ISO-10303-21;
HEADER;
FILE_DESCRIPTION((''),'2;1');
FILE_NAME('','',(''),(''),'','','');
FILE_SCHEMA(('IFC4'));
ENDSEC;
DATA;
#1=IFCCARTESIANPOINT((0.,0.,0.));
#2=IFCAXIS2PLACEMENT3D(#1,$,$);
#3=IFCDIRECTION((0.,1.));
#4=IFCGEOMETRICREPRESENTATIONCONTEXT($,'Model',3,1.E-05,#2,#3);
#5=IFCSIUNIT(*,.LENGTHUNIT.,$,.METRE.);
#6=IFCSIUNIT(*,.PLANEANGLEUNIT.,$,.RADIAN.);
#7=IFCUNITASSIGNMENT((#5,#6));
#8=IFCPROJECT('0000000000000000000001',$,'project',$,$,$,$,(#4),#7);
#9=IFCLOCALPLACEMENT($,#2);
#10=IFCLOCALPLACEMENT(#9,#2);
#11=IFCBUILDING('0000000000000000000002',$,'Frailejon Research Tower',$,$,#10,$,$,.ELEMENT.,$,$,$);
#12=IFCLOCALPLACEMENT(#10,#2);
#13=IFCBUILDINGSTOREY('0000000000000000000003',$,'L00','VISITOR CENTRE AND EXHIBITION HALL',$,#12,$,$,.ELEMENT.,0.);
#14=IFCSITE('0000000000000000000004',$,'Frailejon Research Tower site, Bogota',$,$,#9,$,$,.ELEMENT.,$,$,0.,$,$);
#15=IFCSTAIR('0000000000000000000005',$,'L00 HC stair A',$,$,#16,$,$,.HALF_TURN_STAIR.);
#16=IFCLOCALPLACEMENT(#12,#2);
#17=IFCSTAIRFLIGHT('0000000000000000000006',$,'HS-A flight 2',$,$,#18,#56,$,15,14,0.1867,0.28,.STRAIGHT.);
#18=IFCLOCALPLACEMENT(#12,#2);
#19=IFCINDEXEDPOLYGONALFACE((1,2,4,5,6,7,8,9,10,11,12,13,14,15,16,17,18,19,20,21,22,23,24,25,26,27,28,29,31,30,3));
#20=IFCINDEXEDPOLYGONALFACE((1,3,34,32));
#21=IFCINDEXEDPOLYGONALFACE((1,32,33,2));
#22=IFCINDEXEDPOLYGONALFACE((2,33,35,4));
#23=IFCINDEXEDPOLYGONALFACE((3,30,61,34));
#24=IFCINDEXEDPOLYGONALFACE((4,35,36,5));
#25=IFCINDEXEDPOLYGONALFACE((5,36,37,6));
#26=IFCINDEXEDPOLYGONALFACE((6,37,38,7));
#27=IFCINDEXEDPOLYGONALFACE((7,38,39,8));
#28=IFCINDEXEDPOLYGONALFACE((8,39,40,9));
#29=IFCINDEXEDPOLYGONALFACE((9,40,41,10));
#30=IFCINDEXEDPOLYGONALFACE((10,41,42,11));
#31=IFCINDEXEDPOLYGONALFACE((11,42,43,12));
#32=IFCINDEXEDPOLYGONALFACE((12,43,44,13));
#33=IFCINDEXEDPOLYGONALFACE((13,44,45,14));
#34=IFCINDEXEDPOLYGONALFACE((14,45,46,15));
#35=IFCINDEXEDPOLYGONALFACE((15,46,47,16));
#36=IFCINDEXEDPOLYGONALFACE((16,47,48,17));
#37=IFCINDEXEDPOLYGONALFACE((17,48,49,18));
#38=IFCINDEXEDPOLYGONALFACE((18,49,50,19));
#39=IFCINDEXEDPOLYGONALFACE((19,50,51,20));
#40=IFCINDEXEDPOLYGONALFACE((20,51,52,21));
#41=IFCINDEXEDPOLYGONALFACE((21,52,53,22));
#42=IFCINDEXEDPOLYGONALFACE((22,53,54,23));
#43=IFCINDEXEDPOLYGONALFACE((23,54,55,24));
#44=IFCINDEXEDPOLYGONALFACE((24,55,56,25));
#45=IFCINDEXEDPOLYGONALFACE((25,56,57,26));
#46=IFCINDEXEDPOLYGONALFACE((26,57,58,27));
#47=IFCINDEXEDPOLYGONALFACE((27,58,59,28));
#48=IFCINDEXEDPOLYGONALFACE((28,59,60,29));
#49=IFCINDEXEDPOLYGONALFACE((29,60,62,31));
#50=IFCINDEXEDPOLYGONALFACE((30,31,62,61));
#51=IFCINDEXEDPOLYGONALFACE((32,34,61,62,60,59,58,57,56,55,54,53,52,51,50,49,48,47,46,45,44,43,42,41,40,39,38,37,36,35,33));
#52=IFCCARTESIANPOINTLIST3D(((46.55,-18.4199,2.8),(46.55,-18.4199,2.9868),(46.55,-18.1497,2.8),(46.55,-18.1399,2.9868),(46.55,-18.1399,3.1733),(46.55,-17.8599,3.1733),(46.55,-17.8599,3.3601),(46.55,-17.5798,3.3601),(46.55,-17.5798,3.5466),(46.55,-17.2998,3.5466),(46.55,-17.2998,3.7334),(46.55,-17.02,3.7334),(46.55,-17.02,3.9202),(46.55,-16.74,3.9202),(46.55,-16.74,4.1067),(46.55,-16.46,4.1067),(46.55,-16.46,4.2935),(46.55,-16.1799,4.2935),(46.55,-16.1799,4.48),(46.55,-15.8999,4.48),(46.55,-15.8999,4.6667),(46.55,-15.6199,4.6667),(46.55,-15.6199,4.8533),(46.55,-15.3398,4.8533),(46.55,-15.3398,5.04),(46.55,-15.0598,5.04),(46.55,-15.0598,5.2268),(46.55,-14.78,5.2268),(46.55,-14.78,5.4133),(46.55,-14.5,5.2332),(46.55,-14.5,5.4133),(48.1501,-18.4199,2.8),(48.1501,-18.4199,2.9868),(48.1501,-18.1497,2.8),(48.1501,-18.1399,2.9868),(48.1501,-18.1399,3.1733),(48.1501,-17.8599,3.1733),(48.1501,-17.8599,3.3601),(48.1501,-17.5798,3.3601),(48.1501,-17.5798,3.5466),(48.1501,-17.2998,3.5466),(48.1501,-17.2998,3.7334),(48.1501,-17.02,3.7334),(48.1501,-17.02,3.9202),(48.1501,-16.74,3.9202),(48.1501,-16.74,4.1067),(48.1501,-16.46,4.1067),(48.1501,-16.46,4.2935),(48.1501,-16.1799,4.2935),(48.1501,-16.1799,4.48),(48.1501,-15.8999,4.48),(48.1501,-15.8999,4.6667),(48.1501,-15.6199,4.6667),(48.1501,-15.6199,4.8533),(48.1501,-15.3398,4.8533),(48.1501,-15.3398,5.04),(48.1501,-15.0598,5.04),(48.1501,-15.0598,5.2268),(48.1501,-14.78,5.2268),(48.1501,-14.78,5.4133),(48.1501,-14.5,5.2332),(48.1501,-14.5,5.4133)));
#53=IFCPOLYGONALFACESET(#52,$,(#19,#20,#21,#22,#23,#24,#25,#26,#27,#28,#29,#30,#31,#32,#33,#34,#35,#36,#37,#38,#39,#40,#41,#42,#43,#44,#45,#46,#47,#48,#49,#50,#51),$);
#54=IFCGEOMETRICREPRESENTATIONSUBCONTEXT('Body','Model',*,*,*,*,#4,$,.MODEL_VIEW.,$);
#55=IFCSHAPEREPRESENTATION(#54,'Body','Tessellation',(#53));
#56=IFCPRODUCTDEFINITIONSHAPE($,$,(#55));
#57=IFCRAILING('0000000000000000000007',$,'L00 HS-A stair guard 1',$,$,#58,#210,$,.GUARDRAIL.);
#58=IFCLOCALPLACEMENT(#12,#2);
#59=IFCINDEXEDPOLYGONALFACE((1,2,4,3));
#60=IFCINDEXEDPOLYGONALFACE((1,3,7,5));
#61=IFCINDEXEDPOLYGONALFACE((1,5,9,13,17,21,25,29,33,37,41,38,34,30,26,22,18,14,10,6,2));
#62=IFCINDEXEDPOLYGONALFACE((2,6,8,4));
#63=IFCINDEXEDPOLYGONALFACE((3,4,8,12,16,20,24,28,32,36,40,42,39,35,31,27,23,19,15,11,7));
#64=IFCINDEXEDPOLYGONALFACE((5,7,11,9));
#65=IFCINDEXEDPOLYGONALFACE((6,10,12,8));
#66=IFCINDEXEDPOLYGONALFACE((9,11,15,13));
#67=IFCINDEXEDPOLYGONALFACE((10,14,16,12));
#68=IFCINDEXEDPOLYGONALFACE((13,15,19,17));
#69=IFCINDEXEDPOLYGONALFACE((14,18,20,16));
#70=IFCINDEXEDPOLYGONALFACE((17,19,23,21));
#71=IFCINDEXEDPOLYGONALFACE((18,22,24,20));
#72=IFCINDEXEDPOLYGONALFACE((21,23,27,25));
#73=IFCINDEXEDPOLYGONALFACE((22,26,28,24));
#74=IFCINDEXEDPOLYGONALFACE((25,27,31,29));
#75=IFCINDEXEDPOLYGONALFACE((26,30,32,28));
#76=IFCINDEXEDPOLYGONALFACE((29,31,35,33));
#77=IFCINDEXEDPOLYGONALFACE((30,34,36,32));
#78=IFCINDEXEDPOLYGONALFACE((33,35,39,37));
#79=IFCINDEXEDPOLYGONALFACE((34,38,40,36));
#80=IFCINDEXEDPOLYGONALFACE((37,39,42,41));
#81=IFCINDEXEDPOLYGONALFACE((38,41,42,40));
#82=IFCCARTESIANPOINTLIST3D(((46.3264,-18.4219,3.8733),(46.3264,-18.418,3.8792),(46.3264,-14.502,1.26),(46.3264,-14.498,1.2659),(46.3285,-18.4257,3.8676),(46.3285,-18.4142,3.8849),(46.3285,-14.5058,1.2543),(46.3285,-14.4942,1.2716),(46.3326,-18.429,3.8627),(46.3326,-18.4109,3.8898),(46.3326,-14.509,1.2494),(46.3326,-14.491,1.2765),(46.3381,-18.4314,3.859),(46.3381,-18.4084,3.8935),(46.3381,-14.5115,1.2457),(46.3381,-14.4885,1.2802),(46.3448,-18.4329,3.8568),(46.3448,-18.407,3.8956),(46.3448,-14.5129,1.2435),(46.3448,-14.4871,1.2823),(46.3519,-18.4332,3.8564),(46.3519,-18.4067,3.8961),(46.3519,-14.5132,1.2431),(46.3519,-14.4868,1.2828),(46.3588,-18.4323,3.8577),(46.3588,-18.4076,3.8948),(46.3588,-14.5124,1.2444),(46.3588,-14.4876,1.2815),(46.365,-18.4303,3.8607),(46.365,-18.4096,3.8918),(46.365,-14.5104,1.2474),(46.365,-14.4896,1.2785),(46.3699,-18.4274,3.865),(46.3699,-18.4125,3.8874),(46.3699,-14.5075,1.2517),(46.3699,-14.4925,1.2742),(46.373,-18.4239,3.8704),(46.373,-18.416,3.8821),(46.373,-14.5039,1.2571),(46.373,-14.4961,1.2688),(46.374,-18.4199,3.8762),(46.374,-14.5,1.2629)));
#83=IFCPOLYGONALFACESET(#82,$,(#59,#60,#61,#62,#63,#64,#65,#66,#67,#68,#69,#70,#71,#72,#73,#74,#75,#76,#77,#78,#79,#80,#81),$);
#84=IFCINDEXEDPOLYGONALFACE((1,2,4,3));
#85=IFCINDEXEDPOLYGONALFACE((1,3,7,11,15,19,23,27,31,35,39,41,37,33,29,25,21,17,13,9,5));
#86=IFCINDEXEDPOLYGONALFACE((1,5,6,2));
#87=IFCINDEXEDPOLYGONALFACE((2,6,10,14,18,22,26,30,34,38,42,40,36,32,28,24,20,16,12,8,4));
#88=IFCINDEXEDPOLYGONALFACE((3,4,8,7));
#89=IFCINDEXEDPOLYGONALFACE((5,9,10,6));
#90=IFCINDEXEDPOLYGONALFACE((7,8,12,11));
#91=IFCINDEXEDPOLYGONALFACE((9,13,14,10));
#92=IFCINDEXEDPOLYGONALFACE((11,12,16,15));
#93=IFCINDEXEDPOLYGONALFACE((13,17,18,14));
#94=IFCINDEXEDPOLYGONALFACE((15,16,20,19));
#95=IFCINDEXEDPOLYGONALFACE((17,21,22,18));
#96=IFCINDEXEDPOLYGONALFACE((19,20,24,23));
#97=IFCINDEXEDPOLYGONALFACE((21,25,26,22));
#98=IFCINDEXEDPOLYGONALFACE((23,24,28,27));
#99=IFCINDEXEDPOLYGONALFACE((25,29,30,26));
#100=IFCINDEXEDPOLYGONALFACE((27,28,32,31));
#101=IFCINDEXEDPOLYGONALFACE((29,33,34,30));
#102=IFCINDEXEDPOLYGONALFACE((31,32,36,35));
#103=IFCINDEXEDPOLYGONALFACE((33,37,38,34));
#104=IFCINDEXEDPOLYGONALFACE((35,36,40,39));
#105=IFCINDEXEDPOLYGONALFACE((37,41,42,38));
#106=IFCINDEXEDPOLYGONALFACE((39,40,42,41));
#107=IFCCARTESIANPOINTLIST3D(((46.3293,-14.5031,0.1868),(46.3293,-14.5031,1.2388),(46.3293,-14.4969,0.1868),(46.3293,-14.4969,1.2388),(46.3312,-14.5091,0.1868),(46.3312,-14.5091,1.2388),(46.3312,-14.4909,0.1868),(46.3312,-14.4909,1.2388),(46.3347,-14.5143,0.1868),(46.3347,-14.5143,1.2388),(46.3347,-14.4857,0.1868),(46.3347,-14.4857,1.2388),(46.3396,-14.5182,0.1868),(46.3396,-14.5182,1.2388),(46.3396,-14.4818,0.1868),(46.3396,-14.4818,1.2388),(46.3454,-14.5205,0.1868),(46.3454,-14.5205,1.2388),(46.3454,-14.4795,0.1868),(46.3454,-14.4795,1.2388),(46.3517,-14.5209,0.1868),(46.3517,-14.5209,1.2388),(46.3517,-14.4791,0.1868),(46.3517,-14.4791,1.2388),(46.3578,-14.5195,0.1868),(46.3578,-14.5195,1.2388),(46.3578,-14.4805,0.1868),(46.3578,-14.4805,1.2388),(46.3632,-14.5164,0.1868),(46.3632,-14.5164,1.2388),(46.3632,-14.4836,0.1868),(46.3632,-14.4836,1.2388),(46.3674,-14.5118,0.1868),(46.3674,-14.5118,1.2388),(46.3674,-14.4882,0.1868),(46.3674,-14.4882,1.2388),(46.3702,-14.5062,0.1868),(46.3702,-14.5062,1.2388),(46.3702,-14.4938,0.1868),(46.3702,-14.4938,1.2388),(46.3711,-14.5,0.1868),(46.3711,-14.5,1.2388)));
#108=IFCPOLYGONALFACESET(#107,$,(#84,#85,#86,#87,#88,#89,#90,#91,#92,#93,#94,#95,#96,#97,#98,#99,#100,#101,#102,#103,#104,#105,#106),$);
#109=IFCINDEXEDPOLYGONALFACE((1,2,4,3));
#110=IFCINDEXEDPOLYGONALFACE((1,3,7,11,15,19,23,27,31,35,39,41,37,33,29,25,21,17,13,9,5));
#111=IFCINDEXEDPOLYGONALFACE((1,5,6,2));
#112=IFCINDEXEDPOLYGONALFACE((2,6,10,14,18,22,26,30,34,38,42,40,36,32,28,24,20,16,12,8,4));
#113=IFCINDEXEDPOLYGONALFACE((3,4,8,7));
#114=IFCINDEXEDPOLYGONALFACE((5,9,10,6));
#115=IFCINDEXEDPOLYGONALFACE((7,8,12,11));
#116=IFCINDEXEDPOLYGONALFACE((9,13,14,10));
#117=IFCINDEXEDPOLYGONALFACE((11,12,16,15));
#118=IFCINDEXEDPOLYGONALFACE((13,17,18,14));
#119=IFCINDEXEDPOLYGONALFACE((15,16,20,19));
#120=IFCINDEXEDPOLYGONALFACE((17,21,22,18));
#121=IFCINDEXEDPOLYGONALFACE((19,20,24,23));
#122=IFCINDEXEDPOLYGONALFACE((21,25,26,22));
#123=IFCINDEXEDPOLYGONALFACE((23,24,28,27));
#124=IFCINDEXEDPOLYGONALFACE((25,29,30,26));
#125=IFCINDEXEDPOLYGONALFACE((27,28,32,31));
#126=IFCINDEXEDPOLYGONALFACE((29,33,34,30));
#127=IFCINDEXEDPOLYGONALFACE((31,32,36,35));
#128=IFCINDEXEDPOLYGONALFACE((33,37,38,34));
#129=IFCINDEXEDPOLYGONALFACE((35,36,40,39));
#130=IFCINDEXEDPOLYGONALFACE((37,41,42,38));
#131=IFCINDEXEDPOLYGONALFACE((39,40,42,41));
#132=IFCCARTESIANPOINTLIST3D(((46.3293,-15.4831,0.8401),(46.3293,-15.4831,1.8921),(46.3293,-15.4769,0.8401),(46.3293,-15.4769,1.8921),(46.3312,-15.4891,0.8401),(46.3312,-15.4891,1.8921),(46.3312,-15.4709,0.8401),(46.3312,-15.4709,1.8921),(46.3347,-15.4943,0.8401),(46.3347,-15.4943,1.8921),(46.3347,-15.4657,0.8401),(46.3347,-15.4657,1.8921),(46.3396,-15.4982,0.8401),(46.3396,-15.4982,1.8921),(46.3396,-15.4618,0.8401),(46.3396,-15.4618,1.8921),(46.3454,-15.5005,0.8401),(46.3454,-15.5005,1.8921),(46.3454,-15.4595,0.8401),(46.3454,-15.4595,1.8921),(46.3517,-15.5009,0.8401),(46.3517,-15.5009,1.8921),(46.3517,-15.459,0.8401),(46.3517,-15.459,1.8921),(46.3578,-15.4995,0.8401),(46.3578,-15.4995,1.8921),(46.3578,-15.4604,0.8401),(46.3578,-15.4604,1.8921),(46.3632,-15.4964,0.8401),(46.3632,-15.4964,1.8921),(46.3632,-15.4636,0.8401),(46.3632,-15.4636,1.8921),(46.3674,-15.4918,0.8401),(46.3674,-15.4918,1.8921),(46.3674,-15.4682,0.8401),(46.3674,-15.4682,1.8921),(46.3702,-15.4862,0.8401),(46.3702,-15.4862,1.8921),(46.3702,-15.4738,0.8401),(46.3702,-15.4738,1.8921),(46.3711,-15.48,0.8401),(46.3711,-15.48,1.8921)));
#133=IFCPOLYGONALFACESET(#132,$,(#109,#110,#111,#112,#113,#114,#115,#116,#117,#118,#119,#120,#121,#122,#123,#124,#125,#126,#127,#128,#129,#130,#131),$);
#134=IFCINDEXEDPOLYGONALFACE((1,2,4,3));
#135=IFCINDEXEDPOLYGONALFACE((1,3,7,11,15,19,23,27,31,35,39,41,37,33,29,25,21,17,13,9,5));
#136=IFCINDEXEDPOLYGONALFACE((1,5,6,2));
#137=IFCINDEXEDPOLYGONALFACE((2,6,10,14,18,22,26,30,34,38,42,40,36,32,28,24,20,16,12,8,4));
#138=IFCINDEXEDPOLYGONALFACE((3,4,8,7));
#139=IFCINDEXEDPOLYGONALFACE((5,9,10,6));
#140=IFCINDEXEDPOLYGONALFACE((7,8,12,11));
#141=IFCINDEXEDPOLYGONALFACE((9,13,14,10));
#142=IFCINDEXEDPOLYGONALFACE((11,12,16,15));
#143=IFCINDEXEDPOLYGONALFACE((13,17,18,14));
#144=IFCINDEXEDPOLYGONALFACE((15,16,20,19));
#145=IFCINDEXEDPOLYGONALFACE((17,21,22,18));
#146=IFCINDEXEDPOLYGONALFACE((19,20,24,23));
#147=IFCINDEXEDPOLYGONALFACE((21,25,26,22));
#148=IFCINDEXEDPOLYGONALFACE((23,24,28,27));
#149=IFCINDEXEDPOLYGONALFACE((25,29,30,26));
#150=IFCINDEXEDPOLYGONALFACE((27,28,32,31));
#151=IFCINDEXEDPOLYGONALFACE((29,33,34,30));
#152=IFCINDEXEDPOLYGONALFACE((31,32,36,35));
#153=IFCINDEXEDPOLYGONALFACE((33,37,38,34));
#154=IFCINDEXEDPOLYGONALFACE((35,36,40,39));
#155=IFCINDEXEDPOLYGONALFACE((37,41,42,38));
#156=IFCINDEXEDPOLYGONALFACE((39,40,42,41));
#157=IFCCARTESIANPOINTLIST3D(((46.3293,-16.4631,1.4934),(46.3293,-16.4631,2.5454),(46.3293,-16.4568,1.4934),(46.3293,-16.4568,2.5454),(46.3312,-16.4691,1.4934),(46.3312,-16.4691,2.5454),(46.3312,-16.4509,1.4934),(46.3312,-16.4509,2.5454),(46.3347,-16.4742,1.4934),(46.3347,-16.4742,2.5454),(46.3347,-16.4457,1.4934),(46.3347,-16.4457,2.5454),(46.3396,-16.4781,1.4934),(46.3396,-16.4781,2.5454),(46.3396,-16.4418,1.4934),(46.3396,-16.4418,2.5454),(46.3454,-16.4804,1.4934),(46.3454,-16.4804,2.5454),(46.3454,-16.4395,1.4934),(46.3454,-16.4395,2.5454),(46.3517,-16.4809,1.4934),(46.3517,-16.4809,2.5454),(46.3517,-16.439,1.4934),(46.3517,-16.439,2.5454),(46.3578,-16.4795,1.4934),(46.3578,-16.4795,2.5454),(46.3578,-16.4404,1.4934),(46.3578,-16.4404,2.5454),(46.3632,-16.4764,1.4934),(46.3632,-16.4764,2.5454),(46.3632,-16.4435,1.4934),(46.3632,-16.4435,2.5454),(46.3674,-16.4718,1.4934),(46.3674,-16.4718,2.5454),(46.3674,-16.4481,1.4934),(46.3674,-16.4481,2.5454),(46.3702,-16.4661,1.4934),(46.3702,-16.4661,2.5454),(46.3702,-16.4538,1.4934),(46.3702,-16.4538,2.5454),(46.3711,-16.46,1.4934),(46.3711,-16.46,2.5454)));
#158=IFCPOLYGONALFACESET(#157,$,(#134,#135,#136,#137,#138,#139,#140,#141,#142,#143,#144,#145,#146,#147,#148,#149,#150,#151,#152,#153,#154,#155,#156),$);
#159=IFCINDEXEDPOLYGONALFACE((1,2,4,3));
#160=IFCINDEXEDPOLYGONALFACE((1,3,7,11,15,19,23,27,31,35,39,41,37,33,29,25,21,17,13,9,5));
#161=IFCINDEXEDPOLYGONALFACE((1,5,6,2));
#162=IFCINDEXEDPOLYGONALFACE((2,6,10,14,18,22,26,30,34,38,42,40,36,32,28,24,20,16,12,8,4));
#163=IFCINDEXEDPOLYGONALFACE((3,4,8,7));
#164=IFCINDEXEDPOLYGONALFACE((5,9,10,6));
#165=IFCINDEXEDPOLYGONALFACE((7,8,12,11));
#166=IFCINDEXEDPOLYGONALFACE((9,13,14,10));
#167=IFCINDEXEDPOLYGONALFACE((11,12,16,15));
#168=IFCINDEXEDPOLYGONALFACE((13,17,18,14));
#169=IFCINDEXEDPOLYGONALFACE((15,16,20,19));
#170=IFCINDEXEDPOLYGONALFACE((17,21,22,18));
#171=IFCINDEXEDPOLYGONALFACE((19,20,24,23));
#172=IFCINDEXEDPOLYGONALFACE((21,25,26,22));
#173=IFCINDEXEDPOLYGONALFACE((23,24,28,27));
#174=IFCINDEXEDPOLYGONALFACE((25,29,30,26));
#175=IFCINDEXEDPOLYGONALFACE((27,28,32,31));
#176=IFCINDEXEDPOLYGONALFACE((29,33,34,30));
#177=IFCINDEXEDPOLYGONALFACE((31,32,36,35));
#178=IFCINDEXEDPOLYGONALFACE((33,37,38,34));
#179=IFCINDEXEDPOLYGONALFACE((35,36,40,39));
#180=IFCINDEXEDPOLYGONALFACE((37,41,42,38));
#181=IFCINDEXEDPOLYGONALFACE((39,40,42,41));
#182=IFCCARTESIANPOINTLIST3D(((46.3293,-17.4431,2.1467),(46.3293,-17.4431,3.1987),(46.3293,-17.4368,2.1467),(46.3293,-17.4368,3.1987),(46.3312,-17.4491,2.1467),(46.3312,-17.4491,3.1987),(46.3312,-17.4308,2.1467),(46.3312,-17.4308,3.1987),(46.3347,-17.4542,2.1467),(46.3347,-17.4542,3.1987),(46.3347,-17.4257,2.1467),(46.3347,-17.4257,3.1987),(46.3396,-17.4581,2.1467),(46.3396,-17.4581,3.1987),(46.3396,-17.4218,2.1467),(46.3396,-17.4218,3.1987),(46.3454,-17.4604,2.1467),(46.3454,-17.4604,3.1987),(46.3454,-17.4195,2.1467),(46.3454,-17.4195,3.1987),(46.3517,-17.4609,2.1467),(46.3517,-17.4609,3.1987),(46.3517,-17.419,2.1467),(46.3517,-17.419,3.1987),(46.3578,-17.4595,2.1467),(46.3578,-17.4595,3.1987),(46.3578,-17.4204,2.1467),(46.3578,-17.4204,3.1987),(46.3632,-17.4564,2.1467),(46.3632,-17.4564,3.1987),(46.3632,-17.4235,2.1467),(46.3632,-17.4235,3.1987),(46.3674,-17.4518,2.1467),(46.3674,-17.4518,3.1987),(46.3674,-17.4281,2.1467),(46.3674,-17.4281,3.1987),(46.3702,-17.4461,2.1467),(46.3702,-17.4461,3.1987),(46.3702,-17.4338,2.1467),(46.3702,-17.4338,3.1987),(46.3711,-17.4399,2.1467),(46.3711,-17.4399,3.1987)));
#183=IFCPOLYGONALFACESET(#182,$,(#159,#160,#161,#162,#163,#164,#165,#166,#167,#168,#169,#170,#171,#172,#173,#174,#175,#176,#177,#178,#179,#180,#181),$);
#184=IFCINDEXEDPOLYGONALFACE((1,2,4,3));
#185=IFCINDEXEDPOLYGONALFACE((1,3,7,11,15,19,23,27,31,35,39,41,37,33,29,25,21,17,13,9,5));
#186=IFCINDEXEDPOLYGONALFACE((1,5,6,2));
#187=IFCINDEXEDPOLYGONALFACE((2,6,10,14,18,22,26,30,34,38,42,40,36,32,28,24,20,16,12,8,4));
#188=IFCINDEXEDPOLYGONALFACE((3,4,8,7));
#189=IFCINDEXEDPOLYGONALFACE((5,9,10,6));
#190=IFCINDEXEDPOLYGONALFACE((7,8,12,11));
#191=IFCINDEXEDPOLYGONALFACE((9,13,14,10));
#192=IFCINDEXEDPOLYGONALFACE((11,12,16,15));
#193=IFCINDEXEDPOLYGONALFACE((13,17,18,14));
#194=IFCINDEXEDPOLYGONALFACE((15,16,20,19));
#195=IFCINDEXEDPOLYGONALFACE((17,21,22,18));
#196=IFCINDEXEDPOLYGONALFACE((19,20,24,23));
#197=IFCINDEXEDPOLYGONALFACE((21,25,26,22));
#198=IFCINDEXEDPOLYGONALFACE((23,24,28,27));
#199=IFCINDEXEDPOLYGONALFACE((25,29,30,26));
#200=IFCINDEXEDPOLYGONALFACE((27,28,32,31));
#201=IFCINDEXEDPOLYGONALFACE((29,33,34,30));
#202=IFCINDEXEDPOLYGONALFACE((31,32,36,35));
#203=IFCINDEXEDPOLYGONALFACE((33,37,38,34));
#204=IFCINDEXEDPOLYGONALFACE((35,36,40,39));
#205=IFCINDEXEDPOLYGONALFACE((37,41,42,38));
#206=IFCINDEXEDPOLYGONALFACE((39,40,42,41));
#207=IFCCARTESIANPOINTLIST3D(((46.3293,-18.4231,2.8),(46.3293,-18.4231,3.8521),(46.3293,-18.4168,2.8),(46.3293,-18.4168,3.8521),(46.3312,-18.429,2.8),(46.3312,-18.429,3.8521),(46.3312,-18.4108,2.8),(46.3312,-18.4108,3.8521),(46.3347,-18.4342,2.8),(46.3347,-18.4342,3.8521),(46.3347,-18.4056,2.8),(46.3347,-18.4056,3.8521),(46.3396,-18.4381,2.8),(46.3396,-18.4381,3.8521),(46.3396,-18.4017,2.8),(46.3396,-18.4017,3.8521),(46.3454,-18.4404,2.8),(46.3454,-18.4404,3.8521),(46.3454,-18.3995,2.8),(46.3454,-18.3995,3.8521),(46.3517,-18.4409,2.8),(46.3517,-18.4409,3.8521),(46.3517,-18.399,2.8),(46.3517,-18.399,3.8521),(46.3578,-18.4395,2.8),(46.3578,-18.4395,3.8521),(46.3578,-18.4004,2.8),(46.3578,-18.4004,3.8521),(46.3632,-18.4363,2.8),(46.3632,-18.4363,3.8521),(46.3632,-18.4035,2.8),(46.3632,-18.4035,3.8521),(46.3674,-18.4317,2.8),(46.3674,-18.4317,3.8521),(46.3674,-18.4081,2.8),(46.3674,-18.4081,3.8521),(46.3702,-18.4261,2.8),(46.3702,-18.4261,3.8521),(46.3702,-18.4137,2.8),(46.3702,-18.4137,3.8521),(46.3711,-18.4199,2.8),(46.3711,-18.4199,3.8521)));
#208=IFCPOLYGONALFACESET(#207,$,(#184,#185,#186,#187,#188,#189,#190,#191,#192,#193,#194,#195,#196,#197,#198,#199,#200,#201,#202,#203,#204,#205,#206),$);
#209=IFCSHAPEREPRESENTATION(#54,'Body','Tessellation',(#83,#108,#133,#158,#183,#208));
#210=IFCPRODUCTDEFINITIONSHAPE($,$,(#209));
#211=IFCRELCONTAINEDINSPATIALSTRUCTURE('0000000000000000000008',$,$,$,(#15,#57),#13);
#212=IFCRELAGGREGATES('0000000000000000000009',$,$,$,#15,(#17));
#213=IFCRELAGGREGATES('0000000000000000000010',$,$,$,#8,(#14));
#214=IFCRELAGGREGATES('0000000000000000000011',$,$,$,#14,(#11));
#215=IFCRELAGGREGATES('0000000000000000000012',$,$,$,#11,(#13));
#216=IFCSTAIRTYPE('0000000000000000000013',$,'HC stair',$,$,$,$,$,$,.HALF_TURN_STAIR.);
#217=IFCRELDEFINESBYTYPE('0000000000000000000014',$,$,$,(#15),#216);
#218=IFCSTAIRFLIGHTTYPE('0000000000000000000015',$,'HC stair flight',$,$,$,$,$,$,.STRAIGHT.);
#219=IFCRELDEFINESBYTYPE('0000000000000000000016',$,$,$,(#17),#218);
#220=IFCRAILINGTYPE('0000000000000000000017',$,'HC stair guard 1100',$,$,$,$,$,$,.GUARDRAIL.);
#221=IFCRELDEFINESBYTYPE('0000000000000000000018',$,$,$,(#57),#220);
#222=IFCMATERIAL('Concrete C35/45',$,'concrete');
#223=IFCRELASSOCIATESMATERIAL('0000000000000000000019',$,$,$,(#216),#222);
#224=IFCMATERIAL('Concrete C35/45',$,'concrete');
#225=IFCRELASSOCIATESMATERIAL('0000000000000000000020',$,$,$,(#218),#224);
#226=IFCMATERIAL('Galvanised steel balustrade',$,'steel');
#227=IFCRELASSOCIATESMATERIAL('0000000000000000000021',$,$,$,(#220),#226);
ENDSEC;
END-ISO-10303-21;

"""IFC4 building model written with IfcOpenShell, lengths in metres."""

from ifc_helpers import new_model, si_unit, direction, frame, origin, origin_2d, place, context, subcontext, project, spatial, polyline, circle, outline, extrude, material, type_object, element, aggregate, save


model = new_model("IFC4")

# Units and contexts
model_context = context("Model", 3, precision=1e-05, world=origin(), true_north=direction((0.0, 1.0)))
body_context = subcontext(model_context, "Body", "Model", "MODEL_VIEW")
ifc_project = project(units=[si_unit("LENGTHUNIT", "METRE"), si_unit("PLANEANGLEUNIT", "RADIAN")], contexts=[model_context])

# Site, building, storey
site_placement = place(None, origin())
site = spatial("IfcSite", under=ifc_project, at=site_placement, Name="Frailejon Research Tower site, Bogota", CompositionType="ELEMENT", RefElevation=0.0)
building_placement = place(site_placement, origin())
building = spatial("IfcBuilding", under=site, at=building_placement, Name="Frailejon Research Tower", CompositionType="ELEMENT")
storey_placement = place(building_placement, origin())
storey = spatial("IfcBuildingStorey", under=building, at=storey_placement, Name="L00", Description="VISITOR CENTRE AND EXHIBITION HALL", CompositionType="ELEMENT", Elevation=0.0)

# Stair, stair flight
ifc_material_1 = material(Name="Concrete C35/45", Category="concrete")
stair_type = type_object("IfcStairType", Name="HC stair", PredefinedType="HALF_TURN_STAIR", material=ifc_material_1)
stair_placement = place(storey_placement, origin())
stair = element("IfcStair", 1, at=stair_placement, inside=storey, type_object=stair_type, Name="L00 HC stair A", PredefinedType="HALF_TURN_STAIR")
ifc_material_2 = material(Name="Concrete C35/45", Category="concrete")
stair_flight_type = type_object("IfcStairFlightType", Name="HC stair flight", PredefinedType="STRAIGHT", material=ifc_material_2)
stair_flight_1_placement = place(storey_placement, frame((47.3501, -18.4199, 2.8), z_axis=(0.0, 0.0, 1.0), x_axis=(0.0, 1.0, 0.0)))
stair_flight_1 = element("IfcStairFlight", 2, at=stair_flight_1_placement, type_object=stair_flight_type, Name="HS-A flight 2", NumberOfRisers=15, NumberOfTreads=14, PredefinedType="STRAIGHT", RiserHeight=0.1867, TreadLength=0.28, context=body_context, shape_type="SweptSolid", body=[
    extrude(outline(polyline([(0.0, 0.0), (0.0, 0.1868), (0.28, 0.1868), (0.28, 0.3733), (0.5601, 0.3733), (0.5601, 0.5601), (0.8401, 0.5601), (0.8401, 0.7466), (1.1201, 0.7466), (1.1201, 0.9333), (1.3999, 0.9333), (1.3999, 1.1201), (1.6799, 1.1201), (1.6799, 1.3066), (1.96, 1.3066), (1.96, 1.4934), (2.24, 1.4934), (2.24, 1.6799), (2.52, 1.6799), (2.52, 1.8667), (2.8, 1.8667), (2.8, 2.0532), (3.0801, 2.0532), (3.0801, 2.24), (3.3601, 2.24), (3.3601, 2.4268), (3.6399, 2.4268), (3.6399, 2.6133), (3.9199, 2.6133), (3.9199, 2.8), (3.9199, 2.4331), (0.2703, 0.0), (0.0, 0.0)])), frame((0.0, 0.8, 0.0), z_axis=(0.0, -1.0, 0.0), x_axis=(1.0, 0.0, 0.0)), (0.0, 0.0, 1.0), 1.6001),
])
aggregate(stair, [stair_flight_1])

# Railing
ifc_material_3 = material(Name="Galvanised steel balustrade", Category="steel")
railing_type_1 = type_object("IfcRailingType", Name="HC stair guard 1100", PredefinedType="GUARDRAIL", material=ifc_material_3)
railing_1_placement = place(storey_placement, frame((46.3501, -14.5, 0.1868)))
element("IfcRailing", 3, at=railing_1_placement, inside=storey, type_object=railing_type_1, Name="L00 HS-A stair guard 1", PredefinedType="GUARDRAIL", context=body_context, shape_type="SweptSolid", body=[
    extrude(circle(Radius=0.0239, at=origin_2d()), frame((0.0, 0.0, 1.0762), z_axis=(0.0, -0.83205, 0.5547), x_axis=(1.0, 0.0, 0.0)), (0.0, 0.0, 1.0), 4.7112),
    extrude(circle(Radius=0.021, at=origin_2d()), origin(), (0.0, 0.0, 1.0), 1.052),
    extrude(circle(Radius=0.021, at=origin_2d()), frame((0.0, -0.98, 0.6533)), (0.0, 0.0, 1.0), 1.052),
    extrude(circle(Radius=0.021, at=origin_2d()), frame((0.0, -1.96, 1.3066)), (0.0, 0.0, 1.0), 1.052),
    extrude(circle(Radius=0.021, at=origin_2d()), frame((0.0, -2.9399, 1.96)), (0.0, 0.0, 1.0), 1.052),
    extrude(circle(Radius=0.021, at=origin_2d()), frame((0.0, -3.9199, 2.6133)), (0.0, 0.0, 1.0), 1.052),
])

save(model, "model.ifc")
